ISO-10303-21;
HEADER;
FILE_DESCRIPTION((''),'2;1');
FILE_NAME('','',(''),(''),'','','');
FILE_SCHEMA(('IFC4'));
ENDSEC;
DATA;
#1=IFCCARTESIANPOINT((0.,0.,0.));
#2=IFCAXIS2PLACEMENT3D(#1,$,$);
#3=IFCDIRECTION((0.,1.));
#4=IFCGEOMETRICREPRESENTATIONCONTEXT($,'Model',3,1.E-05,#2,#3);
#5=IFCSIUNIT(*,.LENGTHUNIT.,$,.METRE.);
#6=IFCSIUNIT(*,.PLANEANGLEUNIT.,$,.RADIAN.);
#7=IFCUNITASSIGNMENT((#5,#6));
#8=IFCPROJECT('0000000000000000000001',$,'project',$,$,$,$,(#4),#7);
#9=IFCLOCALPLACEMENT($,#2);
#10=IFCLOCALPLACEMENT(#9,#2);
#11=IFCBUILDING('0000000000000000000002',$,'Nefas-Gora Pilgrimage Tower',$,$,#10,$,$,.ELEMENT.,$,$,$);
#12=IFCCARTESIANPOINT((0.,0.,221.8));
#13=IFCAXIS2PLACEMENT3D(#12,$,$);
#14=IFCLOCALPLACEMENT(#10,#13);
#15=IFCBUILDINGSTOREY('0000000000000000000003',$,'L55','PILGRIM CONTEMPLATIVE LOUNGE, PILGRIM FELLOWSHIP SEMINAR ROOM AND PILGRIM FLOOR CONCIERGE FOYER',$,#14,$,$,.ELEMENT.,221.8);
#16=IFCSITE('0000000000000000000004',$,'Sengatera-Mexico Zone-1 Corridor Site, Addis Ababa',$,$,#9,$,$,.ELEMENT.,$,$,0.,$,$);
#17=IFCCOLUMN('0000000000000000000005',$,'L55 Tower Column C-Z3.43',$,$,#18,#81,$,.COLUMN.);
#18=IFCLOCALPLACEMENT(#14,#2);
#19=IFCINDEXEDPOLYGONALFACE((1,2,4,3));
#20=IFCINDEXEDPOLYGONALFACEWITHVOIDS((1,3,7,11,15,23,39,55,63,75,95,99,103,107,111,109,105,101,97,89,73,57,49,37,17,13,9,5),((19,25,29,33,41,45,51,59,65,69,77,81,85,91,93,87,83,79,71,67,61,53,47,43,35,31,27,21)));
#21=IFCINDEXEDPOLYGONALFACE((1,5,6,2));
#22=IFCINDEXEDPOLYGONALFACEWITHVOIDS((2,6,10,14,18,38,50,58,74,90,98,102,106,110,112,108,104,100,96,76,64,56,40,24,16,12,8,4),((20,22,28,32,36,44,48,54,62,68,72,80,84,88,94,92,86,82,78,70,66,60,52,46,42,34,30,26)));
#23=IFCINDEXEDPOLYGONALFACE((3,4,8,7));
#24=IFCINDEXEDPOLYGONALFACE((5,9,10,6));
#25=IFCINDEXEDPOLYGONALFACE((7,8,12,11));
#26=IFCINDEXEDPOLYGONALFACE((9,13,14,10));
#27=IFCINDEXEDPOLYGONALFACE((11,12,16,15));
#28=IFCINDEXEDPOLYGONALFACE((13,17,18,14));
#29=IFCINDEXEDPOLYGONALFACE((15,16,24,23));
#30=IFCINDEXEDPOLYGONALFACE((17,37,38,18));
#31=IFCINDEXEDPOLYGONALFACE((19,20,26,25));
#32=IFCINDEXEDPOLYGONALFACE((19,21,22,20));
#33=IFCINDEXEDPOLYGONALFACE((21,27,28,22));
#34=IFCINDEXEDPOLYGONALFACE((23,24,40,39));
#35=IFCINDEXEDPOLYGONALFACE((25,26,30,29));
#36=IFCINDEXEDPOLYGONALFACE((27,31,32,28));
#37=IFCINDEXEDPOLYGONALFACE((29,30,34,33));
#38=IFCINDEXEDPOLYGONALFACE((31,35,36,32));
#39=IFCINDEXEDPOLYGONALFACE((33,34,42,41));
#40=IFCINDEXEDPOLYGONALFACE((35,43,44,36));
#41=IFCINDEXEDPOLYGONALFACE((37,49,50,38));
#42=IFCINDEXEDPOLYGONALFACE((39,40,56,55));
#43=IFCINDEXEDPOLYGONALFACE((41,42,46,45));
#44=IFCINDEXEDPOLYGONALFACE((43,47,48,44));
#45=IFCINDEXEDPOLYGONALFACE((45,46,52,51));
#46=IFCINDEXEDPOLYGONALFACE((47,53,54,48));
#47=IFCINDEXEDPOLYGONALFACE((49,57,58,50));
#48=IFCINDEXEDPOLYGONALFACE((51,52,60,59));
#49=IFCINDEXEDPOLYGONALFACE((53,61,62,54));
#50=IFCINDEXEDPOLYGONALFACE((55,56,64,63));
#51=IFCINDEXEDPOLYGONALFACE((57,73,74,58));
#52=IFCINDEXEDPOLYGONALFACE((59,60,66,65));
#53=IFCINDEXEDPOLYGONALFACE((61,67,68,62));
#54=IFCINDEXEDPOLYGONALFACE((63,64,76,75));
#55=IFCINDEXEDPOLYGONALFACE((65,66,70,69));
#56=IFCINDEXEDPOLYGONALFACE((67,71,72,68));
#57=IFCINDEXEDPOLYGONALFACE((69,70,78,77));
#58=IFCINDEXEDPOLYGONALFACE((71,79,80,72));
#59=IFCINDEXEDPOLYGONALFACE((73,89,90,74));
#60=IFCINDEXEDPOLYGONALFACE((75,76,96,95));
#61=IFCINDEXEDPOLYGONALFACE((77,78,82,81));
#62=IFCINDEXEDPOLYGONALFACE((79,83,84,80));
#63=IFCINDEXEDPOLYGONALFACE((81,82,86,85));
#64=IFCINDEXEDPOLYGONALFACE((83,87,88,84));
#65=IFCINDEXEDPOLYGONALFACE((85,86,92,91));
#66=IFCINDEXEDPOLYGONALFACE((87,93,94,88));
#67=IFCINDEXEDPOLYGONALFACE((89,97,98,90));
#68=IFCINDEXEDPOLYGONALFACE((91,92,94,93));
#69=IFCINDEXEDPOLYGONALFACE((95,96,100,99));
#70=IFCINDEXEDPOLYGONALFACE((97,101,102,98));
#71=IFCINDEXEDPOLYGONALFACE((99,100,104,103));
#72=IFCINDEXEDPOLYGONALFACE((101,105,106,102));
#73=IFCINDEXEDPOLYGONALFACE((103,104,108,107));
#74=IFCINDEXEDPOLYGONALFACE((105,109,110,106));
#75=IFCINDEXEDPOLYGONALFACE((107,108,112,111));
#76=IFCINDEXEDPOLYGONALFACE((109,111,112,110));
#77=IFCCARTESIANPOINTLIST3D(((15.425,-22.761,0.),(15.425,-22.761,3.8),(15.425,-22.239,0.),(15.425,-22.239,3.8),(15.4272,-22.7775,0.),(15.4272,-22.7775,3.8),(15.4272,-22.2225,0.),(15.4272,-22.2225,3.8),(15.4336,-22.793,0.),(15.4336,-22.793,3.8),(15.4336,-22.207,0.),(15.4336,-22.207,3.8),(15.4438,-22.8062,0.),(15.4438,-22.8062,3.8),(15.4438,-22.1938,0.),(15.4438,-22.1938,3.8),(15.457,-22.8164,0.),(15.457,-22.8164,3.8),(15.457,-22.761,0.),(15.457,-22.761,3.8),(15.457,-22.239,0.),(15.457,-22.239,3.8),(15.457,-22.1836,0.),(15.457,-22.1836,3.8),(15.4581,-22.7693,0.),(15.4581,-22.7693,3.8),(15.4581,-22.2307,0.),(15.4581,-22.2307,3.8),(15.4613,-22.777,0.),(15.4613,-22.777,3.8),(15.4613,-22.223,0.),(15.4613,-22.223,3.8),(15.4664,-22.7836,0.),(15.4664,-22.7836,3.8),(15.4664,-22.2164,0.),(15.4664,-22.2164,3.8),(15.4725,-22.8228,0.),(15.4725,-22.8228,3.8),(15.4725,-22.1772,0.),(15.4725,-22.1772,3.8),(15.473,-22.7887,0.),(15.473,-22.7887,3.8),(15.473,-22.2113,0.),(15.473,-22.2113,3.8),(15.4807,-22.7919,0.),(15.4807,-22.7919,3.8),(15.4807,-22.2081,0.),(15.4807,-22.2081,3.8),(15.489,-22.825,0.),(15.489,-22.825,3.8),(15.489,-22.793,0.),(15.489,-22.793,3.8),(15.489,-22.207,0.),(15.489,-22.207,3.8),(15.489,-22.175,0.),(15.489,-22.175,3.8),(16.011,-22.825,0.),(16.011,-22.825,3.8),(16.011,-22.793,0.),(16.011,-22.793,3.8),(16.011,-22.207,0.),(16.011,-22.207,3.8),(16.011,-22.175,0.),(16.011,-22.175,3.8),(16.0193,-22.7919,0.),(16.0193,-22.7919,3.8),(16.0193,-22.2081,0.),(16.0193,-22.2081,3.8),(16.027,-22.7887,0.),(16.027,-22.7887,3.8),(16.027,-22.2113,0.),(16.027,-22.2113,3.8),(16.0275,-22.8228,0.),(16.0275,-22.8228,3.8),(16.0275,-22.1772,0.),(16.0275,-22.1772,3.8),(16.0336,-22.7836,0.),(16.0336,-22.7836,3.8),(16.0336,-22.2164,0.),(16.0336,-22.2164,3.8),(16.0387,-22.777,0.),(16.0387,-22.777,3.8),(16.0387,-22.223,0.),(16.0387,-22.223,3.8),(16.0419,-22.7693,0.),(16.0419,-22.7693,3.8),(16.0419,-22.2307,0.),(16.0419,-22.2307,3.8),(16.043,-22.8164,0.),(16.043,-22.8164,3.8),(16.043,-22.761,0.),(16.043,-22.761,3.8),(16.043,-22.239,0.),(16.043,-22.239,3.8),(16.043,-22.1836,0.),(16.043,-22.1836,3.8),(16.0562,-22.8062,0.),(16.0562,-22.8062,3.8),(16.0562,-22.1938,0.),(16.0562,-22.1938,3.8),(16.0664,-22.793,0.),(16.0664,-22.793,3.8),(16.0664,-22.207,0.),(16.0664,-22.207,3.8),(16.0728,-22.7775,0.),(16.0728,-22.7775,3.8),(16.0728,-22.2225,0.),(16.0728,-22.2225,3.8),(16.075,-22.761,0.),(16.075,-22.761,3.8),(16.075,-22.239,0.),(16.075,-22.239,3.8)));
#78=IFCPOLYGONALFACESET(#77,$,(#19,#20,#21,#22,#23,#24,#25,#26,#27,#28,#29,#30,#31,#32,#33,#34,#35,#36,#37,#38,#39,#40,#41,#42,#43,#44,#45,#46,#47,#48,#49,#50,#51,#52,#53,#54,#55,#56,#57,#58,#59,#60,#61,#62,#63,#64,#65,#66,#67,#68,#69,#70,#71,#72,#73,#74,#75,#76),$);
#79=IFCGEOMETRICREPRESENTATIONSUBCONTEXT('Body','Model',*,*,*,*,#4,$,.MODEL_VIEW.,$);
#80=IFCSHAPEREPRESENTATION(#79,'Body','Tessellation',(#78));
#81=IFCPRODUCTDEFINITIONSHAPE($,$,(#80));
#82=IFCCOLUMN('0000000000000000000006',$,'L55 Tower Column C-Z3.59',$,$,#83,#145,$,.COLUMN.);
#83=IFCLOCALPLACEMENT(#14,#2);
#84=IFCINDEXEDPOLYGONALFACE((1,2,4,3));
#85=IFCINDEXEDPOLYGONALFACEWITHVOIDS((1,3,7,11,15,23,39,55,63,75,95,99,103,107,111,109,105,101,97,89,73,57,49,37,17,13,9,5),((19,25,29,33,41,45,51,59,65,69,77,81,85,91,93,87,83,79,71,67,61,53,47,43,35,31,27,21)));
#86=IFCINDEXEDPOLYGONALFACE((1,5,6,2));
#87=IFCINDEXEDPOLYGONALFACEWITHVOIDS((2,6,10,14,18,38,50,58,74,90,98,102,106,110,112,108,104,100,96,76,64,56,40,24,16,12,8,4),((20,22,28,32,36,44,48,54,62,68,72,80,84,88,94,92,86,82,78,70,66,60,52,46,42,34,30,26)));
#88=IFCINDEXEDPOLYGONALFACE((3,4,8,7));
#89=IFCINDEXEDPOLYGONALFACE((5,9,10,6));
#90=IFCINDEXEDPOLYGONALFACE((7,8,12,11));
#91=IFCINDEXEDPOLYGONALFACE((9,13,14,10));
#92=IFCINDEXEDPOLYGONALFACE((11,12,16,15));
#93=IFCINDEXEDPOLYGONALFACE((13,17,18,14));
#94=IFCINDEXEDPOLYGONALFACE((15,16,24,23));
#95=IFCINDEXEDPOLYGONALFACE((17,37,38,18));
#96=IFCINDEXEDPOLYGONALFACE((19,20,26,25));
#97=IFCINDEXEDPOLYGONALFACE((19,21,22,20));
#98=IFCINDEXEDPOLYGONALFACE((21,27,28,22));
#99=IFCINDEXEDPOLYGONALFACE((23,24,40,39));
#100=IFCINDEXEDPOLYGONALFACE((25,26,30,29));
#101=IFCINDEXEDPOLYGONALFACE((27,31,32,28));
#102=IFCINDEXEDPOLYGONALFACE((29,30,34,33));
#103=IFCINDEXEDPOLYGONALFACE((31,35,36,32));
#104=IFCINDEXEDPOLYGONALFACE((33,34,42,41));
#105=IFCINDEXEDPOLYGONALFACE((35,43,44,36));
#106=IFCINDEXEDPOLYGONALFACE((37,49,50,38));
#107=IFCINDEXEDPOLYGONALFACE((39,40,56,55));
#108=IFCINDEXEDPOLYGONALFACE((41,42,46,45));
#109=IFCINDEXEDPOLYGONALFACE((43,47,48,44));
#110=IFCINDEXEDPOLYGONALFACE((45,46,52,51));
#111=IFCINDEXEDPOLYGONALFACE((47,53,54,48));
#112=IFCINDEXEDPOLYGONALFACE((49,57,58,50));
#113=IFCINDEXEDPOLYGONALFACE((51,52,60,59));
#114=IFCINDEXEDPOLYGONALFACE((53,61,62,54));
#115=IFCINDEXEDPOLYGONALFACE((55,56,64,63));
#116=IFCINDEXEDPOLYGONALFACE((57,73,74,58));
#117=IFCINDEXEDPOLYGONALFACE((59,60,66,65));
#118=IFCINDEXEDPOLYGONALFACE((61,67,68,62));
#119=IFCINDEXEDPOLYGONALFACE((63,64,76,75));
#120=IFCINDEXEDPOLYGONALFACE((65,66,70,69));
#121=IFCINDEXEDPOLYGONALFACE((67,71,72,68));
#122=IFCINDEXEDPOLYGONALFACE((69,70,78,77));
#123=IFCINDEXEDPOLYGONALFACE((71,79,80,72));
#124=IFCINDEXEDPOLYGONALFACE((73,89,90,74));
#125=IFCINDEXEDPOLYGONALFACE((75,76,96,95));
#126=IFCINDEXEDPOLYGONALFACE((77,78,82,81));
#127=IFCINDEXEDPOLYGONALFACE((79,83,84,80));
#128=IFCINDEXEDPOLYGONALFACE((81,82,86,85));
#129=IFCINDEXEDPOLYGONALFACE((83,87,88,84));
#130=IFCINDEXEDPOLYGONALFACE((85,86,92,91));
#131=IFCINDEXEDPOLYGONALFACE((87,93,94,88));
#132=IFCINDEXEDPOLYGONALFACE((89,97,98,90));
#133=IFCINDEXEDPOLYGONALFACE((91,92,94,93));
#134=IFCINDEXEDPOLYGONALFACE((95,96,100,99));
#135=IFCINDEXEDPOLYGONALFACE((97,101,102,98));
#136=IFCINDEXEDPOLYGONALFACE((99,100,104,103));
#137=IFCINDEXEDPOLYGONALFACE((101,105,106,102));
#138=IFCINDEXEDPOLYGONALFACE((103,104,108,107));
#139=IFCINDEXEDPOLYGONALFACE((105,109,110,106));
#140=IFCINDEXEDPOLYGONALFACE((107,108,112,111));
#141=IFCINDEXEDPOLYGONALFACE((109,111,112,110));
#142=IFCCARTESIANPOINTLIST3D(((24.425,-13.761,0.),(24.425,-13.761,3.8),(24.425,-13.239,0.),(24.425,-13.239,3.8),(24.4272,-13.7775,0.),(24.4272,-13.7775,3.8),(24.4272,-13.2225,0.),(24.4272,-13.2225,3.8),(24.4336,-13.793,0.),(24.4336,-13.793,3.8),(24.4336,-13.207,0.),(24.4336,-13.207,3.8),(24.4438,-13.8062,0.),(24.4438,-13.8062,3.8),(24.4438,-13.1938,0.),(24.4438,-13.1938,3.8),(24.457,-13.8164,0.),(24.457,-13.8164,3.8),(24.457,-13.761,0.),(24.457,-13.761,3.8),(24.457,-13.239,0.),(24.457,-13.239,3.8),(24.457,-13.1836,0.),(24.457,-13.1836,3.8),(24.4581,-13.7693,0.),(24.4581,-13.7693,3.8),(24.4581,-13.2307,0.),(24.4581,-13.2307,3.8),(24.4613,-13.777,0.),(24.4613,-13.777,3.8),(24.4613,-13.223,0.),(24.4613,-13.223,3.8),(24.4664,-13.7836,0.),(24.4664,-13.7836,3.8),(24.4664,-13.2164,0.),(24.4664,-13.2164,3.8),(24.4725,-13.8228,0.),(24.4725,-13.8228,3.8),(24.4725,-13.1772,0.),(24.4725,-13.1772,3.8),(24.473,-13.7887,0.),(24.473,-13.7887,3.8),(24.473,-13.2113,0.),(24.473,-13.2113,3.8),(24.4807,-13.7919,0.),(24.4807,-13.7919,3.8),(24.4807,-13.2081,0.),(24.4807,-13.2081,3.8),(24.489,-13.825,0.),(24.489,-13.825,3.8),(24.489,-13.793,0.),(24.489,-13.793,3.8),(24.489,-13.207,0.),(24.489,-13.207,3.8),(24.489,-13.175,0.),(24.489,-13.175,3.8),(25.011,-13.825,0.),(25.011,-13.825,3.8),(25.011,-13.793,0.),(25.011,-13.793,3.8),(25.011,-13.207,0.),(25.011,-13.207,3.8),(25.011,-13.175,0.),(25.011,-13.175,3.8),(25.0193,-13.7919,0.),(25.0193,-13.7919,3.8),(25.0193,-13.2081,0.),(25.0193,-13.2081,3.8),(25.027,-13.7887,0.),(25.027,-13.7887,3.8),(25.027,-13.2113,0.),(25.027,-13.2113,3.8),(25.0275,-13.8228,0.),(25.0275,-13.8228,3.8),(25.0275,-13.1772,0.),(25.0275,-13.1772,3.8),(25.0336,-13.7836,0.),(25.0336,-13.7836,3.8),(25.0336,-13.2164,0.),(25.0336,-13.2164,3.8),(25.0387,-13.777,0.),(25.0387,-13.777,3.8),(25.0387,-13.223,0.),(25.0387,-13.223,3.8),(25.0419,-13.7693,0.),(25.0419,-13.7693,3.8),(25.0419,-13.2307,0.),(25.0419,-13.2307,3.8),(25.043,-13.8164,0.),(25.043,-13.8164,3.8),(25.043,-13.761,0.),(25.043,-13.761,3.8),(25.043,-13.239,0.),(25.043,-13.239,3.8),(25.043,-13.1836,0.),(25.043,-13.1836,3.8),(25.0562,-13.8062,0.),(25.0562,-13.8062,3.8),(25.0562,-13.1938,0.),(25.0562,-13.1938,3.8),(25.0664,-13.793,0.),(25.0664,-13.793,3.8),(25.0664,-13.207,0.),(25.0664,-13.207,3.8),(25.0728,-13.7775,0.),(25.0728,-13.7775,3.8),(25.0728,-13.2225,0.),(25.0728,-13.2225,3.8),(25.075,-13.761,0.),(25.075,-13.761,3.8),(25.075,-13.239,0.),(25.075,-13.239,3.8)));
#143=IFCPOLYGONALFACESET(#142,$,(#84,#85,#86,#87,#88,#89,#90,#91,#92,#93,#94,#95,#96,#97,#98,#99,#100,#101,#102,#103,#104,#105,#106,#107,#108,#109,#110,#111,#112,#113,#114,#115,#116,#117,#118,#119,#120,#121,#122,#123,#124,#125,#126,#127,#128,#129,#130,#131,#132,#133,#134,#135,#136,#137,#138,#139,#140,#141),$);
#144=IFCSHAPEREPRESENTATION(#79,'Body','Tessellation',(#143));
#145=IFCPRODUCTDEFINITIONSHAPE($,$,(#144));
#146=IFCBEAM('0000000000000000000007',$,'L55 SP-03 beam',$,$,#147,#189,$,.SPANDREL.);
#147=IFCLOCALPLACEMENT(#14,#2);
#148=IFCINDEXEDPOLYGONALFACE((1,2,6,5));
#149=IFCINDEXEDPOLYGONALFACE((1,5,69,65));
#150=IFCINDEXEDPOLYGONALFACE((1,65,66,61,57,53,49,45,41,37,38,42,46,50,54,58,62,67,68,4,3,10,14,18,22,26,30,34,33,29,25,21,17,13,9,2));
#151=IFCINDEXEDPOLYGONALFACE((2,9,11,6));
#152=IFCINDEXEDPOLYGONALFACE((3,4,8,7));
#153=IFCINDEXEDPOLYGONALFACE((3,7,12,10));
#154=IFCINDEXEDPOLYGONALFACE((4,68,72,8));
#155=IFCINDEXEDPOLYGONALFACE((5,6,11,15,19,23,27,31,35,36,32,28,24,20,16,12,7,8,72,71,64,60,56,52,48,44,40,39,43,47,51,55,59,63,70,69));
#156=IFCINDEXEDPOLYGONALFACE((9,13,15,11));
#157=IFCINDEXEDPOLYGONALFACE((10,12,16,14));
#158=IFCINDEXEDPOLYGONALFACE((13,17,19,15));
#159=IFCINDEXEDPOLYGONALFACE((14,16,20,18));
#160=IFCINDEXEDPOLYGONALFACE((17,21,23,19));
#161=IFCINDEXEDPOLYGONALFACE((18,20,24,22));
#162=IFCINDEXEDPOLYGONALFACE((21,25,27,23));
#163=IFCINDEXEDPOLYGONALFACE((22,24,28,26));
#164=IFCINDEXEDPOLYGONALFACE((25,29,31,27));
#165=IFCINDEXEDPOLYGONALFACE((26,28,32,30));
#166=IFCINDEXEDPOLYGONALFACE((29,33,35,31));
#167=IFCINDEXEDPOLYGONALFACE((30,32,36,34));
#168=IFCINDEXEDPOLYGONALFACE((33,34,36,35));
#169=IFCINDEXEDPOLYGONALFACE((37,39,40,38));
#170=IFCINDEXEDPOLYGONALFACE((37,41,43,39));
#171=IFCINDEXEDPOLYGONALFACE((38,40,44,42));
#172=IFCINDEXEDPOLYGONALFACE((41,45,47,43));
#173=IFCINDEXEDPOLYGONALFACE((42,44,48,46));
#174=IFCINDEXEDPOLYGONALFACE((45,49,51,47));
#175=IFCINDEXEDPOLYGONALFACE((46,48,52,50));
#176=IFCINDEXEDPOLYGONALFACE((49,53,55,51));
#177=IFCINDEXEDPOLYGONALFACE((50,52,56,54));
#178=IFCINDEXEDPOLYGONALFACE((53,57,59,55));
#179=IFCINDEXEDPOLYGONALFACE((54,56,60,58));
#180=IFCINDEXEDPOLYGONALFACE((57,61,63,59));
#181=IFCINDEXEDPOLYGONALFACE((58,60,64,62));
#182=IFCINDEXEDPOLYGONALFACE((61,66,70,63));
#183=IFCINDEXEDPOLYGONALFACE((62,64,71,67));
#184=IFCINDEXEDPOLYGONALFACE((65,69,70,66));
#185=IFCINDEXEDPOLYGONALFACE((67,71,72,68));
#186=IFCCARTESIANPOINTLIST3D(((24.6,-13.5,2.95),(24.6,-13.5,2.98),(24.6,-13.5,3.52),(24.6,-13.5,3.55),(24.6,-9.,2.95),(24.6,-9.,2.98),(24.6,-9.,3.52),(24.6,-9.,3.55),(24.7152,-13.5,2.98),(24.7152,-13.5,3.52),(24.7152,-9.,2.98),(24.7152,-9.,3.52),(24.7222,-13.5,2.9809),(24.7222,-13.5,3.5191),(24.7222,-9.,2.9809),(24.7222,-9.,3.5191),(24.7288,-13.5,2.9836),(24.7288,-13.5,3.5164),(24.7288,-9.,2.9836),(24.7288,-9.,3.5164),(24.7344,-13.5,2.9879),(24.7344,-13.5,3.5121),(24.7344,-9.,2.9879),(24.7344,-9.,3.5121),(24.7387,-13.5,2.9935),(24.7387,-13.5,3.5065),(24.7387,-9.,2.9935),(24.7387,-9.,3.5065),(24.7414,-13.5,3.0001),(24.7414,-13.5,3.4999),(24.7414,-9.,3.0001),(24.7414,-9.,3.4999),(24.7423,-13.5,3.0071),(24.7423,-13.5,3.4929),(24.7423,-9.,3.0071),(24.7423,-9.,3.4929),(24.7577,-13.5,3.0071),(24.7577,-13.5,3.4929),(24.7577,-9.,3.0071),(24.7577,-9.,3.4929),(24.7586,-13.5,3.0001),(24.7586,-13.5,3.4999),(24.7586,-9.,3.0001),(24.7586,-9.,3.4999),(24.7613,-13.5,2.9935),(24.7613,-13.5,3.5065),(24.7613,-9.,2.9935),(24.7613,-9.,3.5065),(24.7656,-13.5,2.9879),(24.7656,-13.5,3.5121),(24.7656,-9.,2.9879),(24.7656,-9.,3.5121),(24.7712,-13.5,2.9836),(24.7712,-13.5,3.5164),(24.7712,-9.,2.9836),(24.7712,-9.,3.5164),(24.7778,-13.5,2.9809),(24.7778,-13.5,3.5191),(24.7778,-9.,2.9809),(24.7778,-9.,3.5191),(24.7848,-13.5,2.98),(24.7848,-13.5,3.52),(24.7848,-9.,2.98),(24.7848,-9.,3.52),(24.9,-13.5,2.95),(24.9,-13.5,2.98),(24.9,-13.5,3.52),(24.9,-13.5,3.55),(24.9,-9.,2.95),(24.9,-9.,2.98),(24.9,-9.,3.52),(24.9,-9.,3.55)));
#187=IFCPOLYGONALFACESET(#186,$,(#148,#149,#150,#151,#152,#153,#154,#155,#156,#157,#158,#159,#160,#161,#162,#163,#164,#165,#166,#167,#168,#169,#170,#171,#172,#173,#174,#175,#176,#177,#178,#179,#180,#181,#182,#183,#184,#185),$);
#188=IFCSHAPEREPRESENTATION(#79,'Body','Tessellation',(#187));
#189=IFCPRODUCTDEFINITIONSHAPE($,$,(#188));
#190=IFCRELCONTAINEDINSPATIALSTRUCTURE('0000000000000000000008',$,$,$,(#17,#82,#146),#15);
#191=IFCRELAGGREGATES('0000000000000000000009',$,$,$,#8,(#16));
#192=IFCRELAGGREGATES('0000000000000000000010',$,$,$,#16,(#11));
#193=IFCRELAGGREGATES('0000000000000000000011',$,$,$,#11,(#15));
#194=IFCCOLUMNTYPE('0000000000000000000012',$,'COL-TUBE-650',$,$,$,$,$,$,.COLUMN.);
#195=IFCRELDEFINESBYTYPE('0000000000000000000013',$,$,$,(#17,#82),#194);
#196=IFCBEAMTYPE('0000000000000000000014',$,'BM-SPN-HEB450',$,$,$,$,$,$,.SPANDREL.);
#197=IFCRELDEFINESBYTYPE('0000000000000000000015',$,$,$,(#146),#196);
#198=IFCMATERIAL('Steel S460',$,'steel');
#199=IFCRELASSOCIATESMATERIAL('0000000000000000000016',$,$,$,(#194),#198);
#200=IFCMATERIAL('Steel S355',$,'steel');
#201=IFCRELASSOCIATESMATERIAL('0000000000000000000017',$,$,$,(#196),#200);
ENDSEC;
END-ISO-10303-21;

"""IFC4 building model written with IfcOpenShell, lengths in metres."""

from ifc_helpers import new_model, si_unit, direction, frame, origin, origin_2d, place, context, subcontext, project, spatial, hollow_rectangle, i_section, extrude, source, transform, mapped, material, material_profile, profile_set, type_object, element, save


model = new_model("IFC4")

# Units and contexts
model_context = context("Model", 3, precision=1e-05, world=origin(), true_north=direction((0.0, 1.0)))
body_context = subcontext(model_context, "Body", "Model", "MODEL_VIEW")
ifc_project = project(units=[si_unit("LENGTHUNIT", "METRE"), si_unit("PLANEANGLEUNIT", "RADIAN")], contexts=[model_context])

# Site, building, storey
site_placement = place(None, origin())
site = spatial("IfcSite", under=ifc_project, at=site_placement, Name="Sengatera-Mexico Zone-1 Corridor Site, Addis Ababa", CompositionType="ELEMENT", RefElevation=0.0)
building_placement = place(site_placement, origin())
building = spatial("IfcBuilding", under=site, at=building_placement, Name="Nefas-Gora Pilgrimage Tower", CompositionType="ELEMENT")
storey_placement = place(building_placement, frame((0.0, 0.0, 221.8)))
storey = spatial("IfcBuildingStorey", under=building, at=storey_placement, Name="L55", Description="PILGRIM CONTEMPLATIVE LOUNGE, PILGRIM FELLOWSHIP SEMINAR ROOM AND PILGRIM FLOOR CONCIERGE FOYER", CompositionType="ELEMENT", Elevation=221.8)

# Columns
ifc_material_1 = material(Name="Steel S460", Category="steel")
ifc_material_profile_1 = material_profile(ifc_material_1, hollow_rectangle(XDim=0.6499, YDim=0.6499, WallThickness=0.032, InnerFilletRadius=0.032, OuterFilletRadius=0.064, at=origin_2d()), Name="BOX 650x650x32")
ifc_profile_set_1 = profile_set([ifc_material_profile_1], Name="Steel S460")
column_type_1 = type_object("IfcColumnType", Name="COL-TUBE-650", PredefinedType="COLUMN", material=ifc_profile_set_1)
shared_shape_1 = source(origin(), body_context, "Body", "SweptSolid", [
    extrude(hollow_rectangle(XDim=0.6499, YDim=0.6499, WallThickness=0.032, InnerFilletRadius=0.032, OuterFilletRadius=0.064, at=origin_2d()), origin(), (0.0, 0.0, 1.0), 3.8),
])
for number, where, z_axis, x_axis, name in (
    (1, (15.75, -22.5, 0.0), (0.0, 0.0, 1.0), (1.0, 0.0, 0.0), "L55 Tower Column C-Z3.43"),
    (2, (24.75, -13.5, 0.0), (0.0, 0.0, 1.0), (1.0, 0.0, 0.0), "L55 Tower Column C-Z3.59"),
):
    element("IfcColumn", number, at=place(storey_placement, frame(where, z_axis=z_axis, x_axis=x_axis)), inside=storey, type_object=column_type_1, Name=name, PredefinedType="COLUMN", context=body_context, shape_type="MappedRepresentation", body=[
        mapped(shared_shape_1, transform((0.0, 0.0, 0.0), x_axis=(1.0, 0.0, 0.0), y_axis=(0.0, 1.0, 0.0), z_axis=(0.0, 0.0, 1.0), scale=1.0)),
    ])

# Beam
ifc_material_2 = material(Name="Steel S355", Category="steel")
ifc_material_profile_2 = material_profile(ifc_material_2, i_section(OverallWidth=0.3, OverallDepth=0.6001, WebThickness=0.0154, FlangeThickness=0.03, FilletRadius=0.0271, at=origin_2d()), Name="HEB 600")
ifc_profile_set_2 = profile_set([ifc_material_profile_2], Name="Steel S355")
beam_type_1 = type_object("IfcBeamType", Name="BM-SPN-HEB450", PredefinedType="SPANDREL", material=ifc_profile_set_2)
shared_shape_2 = source(origin(), body_context, "Body", "SweptSolid", [
    extrude(i_section(OverallWidth=0.3, OverallDepth=0.6001, WebThickness=0.0154, FlangeThickness=0.03, FilletRadius=0.0271, at=origin_2d()), origin(), (0.0, 0.0, 1.0), 4.5),
])
beam_1_placement = place(storey_placement, frame((24.75, -13.5, 3.25), z_axis=(0.0, 1.0, 0.0), x_axis=(-1.0, 0.0, 0.0)))
element("IfcBeam", 3, at=beam_1_placement, inside=storey, type_object=beam_type_1, Name="L55 SP-03 beam", PredefinedType="SPANDREL", context=body_context, shape_type="MappedRepresentation", body=[
    mapped(shared_shape_2, transform((0.0, 0.0, 0.0), x_axis=(1.0, 0.0, 0.0), y_axis=(0.0, 1.0, 0.0), z_axis=(0.0, 0.0, 1.0), scale=1.0)),
])

save(model, "model.ifc")
